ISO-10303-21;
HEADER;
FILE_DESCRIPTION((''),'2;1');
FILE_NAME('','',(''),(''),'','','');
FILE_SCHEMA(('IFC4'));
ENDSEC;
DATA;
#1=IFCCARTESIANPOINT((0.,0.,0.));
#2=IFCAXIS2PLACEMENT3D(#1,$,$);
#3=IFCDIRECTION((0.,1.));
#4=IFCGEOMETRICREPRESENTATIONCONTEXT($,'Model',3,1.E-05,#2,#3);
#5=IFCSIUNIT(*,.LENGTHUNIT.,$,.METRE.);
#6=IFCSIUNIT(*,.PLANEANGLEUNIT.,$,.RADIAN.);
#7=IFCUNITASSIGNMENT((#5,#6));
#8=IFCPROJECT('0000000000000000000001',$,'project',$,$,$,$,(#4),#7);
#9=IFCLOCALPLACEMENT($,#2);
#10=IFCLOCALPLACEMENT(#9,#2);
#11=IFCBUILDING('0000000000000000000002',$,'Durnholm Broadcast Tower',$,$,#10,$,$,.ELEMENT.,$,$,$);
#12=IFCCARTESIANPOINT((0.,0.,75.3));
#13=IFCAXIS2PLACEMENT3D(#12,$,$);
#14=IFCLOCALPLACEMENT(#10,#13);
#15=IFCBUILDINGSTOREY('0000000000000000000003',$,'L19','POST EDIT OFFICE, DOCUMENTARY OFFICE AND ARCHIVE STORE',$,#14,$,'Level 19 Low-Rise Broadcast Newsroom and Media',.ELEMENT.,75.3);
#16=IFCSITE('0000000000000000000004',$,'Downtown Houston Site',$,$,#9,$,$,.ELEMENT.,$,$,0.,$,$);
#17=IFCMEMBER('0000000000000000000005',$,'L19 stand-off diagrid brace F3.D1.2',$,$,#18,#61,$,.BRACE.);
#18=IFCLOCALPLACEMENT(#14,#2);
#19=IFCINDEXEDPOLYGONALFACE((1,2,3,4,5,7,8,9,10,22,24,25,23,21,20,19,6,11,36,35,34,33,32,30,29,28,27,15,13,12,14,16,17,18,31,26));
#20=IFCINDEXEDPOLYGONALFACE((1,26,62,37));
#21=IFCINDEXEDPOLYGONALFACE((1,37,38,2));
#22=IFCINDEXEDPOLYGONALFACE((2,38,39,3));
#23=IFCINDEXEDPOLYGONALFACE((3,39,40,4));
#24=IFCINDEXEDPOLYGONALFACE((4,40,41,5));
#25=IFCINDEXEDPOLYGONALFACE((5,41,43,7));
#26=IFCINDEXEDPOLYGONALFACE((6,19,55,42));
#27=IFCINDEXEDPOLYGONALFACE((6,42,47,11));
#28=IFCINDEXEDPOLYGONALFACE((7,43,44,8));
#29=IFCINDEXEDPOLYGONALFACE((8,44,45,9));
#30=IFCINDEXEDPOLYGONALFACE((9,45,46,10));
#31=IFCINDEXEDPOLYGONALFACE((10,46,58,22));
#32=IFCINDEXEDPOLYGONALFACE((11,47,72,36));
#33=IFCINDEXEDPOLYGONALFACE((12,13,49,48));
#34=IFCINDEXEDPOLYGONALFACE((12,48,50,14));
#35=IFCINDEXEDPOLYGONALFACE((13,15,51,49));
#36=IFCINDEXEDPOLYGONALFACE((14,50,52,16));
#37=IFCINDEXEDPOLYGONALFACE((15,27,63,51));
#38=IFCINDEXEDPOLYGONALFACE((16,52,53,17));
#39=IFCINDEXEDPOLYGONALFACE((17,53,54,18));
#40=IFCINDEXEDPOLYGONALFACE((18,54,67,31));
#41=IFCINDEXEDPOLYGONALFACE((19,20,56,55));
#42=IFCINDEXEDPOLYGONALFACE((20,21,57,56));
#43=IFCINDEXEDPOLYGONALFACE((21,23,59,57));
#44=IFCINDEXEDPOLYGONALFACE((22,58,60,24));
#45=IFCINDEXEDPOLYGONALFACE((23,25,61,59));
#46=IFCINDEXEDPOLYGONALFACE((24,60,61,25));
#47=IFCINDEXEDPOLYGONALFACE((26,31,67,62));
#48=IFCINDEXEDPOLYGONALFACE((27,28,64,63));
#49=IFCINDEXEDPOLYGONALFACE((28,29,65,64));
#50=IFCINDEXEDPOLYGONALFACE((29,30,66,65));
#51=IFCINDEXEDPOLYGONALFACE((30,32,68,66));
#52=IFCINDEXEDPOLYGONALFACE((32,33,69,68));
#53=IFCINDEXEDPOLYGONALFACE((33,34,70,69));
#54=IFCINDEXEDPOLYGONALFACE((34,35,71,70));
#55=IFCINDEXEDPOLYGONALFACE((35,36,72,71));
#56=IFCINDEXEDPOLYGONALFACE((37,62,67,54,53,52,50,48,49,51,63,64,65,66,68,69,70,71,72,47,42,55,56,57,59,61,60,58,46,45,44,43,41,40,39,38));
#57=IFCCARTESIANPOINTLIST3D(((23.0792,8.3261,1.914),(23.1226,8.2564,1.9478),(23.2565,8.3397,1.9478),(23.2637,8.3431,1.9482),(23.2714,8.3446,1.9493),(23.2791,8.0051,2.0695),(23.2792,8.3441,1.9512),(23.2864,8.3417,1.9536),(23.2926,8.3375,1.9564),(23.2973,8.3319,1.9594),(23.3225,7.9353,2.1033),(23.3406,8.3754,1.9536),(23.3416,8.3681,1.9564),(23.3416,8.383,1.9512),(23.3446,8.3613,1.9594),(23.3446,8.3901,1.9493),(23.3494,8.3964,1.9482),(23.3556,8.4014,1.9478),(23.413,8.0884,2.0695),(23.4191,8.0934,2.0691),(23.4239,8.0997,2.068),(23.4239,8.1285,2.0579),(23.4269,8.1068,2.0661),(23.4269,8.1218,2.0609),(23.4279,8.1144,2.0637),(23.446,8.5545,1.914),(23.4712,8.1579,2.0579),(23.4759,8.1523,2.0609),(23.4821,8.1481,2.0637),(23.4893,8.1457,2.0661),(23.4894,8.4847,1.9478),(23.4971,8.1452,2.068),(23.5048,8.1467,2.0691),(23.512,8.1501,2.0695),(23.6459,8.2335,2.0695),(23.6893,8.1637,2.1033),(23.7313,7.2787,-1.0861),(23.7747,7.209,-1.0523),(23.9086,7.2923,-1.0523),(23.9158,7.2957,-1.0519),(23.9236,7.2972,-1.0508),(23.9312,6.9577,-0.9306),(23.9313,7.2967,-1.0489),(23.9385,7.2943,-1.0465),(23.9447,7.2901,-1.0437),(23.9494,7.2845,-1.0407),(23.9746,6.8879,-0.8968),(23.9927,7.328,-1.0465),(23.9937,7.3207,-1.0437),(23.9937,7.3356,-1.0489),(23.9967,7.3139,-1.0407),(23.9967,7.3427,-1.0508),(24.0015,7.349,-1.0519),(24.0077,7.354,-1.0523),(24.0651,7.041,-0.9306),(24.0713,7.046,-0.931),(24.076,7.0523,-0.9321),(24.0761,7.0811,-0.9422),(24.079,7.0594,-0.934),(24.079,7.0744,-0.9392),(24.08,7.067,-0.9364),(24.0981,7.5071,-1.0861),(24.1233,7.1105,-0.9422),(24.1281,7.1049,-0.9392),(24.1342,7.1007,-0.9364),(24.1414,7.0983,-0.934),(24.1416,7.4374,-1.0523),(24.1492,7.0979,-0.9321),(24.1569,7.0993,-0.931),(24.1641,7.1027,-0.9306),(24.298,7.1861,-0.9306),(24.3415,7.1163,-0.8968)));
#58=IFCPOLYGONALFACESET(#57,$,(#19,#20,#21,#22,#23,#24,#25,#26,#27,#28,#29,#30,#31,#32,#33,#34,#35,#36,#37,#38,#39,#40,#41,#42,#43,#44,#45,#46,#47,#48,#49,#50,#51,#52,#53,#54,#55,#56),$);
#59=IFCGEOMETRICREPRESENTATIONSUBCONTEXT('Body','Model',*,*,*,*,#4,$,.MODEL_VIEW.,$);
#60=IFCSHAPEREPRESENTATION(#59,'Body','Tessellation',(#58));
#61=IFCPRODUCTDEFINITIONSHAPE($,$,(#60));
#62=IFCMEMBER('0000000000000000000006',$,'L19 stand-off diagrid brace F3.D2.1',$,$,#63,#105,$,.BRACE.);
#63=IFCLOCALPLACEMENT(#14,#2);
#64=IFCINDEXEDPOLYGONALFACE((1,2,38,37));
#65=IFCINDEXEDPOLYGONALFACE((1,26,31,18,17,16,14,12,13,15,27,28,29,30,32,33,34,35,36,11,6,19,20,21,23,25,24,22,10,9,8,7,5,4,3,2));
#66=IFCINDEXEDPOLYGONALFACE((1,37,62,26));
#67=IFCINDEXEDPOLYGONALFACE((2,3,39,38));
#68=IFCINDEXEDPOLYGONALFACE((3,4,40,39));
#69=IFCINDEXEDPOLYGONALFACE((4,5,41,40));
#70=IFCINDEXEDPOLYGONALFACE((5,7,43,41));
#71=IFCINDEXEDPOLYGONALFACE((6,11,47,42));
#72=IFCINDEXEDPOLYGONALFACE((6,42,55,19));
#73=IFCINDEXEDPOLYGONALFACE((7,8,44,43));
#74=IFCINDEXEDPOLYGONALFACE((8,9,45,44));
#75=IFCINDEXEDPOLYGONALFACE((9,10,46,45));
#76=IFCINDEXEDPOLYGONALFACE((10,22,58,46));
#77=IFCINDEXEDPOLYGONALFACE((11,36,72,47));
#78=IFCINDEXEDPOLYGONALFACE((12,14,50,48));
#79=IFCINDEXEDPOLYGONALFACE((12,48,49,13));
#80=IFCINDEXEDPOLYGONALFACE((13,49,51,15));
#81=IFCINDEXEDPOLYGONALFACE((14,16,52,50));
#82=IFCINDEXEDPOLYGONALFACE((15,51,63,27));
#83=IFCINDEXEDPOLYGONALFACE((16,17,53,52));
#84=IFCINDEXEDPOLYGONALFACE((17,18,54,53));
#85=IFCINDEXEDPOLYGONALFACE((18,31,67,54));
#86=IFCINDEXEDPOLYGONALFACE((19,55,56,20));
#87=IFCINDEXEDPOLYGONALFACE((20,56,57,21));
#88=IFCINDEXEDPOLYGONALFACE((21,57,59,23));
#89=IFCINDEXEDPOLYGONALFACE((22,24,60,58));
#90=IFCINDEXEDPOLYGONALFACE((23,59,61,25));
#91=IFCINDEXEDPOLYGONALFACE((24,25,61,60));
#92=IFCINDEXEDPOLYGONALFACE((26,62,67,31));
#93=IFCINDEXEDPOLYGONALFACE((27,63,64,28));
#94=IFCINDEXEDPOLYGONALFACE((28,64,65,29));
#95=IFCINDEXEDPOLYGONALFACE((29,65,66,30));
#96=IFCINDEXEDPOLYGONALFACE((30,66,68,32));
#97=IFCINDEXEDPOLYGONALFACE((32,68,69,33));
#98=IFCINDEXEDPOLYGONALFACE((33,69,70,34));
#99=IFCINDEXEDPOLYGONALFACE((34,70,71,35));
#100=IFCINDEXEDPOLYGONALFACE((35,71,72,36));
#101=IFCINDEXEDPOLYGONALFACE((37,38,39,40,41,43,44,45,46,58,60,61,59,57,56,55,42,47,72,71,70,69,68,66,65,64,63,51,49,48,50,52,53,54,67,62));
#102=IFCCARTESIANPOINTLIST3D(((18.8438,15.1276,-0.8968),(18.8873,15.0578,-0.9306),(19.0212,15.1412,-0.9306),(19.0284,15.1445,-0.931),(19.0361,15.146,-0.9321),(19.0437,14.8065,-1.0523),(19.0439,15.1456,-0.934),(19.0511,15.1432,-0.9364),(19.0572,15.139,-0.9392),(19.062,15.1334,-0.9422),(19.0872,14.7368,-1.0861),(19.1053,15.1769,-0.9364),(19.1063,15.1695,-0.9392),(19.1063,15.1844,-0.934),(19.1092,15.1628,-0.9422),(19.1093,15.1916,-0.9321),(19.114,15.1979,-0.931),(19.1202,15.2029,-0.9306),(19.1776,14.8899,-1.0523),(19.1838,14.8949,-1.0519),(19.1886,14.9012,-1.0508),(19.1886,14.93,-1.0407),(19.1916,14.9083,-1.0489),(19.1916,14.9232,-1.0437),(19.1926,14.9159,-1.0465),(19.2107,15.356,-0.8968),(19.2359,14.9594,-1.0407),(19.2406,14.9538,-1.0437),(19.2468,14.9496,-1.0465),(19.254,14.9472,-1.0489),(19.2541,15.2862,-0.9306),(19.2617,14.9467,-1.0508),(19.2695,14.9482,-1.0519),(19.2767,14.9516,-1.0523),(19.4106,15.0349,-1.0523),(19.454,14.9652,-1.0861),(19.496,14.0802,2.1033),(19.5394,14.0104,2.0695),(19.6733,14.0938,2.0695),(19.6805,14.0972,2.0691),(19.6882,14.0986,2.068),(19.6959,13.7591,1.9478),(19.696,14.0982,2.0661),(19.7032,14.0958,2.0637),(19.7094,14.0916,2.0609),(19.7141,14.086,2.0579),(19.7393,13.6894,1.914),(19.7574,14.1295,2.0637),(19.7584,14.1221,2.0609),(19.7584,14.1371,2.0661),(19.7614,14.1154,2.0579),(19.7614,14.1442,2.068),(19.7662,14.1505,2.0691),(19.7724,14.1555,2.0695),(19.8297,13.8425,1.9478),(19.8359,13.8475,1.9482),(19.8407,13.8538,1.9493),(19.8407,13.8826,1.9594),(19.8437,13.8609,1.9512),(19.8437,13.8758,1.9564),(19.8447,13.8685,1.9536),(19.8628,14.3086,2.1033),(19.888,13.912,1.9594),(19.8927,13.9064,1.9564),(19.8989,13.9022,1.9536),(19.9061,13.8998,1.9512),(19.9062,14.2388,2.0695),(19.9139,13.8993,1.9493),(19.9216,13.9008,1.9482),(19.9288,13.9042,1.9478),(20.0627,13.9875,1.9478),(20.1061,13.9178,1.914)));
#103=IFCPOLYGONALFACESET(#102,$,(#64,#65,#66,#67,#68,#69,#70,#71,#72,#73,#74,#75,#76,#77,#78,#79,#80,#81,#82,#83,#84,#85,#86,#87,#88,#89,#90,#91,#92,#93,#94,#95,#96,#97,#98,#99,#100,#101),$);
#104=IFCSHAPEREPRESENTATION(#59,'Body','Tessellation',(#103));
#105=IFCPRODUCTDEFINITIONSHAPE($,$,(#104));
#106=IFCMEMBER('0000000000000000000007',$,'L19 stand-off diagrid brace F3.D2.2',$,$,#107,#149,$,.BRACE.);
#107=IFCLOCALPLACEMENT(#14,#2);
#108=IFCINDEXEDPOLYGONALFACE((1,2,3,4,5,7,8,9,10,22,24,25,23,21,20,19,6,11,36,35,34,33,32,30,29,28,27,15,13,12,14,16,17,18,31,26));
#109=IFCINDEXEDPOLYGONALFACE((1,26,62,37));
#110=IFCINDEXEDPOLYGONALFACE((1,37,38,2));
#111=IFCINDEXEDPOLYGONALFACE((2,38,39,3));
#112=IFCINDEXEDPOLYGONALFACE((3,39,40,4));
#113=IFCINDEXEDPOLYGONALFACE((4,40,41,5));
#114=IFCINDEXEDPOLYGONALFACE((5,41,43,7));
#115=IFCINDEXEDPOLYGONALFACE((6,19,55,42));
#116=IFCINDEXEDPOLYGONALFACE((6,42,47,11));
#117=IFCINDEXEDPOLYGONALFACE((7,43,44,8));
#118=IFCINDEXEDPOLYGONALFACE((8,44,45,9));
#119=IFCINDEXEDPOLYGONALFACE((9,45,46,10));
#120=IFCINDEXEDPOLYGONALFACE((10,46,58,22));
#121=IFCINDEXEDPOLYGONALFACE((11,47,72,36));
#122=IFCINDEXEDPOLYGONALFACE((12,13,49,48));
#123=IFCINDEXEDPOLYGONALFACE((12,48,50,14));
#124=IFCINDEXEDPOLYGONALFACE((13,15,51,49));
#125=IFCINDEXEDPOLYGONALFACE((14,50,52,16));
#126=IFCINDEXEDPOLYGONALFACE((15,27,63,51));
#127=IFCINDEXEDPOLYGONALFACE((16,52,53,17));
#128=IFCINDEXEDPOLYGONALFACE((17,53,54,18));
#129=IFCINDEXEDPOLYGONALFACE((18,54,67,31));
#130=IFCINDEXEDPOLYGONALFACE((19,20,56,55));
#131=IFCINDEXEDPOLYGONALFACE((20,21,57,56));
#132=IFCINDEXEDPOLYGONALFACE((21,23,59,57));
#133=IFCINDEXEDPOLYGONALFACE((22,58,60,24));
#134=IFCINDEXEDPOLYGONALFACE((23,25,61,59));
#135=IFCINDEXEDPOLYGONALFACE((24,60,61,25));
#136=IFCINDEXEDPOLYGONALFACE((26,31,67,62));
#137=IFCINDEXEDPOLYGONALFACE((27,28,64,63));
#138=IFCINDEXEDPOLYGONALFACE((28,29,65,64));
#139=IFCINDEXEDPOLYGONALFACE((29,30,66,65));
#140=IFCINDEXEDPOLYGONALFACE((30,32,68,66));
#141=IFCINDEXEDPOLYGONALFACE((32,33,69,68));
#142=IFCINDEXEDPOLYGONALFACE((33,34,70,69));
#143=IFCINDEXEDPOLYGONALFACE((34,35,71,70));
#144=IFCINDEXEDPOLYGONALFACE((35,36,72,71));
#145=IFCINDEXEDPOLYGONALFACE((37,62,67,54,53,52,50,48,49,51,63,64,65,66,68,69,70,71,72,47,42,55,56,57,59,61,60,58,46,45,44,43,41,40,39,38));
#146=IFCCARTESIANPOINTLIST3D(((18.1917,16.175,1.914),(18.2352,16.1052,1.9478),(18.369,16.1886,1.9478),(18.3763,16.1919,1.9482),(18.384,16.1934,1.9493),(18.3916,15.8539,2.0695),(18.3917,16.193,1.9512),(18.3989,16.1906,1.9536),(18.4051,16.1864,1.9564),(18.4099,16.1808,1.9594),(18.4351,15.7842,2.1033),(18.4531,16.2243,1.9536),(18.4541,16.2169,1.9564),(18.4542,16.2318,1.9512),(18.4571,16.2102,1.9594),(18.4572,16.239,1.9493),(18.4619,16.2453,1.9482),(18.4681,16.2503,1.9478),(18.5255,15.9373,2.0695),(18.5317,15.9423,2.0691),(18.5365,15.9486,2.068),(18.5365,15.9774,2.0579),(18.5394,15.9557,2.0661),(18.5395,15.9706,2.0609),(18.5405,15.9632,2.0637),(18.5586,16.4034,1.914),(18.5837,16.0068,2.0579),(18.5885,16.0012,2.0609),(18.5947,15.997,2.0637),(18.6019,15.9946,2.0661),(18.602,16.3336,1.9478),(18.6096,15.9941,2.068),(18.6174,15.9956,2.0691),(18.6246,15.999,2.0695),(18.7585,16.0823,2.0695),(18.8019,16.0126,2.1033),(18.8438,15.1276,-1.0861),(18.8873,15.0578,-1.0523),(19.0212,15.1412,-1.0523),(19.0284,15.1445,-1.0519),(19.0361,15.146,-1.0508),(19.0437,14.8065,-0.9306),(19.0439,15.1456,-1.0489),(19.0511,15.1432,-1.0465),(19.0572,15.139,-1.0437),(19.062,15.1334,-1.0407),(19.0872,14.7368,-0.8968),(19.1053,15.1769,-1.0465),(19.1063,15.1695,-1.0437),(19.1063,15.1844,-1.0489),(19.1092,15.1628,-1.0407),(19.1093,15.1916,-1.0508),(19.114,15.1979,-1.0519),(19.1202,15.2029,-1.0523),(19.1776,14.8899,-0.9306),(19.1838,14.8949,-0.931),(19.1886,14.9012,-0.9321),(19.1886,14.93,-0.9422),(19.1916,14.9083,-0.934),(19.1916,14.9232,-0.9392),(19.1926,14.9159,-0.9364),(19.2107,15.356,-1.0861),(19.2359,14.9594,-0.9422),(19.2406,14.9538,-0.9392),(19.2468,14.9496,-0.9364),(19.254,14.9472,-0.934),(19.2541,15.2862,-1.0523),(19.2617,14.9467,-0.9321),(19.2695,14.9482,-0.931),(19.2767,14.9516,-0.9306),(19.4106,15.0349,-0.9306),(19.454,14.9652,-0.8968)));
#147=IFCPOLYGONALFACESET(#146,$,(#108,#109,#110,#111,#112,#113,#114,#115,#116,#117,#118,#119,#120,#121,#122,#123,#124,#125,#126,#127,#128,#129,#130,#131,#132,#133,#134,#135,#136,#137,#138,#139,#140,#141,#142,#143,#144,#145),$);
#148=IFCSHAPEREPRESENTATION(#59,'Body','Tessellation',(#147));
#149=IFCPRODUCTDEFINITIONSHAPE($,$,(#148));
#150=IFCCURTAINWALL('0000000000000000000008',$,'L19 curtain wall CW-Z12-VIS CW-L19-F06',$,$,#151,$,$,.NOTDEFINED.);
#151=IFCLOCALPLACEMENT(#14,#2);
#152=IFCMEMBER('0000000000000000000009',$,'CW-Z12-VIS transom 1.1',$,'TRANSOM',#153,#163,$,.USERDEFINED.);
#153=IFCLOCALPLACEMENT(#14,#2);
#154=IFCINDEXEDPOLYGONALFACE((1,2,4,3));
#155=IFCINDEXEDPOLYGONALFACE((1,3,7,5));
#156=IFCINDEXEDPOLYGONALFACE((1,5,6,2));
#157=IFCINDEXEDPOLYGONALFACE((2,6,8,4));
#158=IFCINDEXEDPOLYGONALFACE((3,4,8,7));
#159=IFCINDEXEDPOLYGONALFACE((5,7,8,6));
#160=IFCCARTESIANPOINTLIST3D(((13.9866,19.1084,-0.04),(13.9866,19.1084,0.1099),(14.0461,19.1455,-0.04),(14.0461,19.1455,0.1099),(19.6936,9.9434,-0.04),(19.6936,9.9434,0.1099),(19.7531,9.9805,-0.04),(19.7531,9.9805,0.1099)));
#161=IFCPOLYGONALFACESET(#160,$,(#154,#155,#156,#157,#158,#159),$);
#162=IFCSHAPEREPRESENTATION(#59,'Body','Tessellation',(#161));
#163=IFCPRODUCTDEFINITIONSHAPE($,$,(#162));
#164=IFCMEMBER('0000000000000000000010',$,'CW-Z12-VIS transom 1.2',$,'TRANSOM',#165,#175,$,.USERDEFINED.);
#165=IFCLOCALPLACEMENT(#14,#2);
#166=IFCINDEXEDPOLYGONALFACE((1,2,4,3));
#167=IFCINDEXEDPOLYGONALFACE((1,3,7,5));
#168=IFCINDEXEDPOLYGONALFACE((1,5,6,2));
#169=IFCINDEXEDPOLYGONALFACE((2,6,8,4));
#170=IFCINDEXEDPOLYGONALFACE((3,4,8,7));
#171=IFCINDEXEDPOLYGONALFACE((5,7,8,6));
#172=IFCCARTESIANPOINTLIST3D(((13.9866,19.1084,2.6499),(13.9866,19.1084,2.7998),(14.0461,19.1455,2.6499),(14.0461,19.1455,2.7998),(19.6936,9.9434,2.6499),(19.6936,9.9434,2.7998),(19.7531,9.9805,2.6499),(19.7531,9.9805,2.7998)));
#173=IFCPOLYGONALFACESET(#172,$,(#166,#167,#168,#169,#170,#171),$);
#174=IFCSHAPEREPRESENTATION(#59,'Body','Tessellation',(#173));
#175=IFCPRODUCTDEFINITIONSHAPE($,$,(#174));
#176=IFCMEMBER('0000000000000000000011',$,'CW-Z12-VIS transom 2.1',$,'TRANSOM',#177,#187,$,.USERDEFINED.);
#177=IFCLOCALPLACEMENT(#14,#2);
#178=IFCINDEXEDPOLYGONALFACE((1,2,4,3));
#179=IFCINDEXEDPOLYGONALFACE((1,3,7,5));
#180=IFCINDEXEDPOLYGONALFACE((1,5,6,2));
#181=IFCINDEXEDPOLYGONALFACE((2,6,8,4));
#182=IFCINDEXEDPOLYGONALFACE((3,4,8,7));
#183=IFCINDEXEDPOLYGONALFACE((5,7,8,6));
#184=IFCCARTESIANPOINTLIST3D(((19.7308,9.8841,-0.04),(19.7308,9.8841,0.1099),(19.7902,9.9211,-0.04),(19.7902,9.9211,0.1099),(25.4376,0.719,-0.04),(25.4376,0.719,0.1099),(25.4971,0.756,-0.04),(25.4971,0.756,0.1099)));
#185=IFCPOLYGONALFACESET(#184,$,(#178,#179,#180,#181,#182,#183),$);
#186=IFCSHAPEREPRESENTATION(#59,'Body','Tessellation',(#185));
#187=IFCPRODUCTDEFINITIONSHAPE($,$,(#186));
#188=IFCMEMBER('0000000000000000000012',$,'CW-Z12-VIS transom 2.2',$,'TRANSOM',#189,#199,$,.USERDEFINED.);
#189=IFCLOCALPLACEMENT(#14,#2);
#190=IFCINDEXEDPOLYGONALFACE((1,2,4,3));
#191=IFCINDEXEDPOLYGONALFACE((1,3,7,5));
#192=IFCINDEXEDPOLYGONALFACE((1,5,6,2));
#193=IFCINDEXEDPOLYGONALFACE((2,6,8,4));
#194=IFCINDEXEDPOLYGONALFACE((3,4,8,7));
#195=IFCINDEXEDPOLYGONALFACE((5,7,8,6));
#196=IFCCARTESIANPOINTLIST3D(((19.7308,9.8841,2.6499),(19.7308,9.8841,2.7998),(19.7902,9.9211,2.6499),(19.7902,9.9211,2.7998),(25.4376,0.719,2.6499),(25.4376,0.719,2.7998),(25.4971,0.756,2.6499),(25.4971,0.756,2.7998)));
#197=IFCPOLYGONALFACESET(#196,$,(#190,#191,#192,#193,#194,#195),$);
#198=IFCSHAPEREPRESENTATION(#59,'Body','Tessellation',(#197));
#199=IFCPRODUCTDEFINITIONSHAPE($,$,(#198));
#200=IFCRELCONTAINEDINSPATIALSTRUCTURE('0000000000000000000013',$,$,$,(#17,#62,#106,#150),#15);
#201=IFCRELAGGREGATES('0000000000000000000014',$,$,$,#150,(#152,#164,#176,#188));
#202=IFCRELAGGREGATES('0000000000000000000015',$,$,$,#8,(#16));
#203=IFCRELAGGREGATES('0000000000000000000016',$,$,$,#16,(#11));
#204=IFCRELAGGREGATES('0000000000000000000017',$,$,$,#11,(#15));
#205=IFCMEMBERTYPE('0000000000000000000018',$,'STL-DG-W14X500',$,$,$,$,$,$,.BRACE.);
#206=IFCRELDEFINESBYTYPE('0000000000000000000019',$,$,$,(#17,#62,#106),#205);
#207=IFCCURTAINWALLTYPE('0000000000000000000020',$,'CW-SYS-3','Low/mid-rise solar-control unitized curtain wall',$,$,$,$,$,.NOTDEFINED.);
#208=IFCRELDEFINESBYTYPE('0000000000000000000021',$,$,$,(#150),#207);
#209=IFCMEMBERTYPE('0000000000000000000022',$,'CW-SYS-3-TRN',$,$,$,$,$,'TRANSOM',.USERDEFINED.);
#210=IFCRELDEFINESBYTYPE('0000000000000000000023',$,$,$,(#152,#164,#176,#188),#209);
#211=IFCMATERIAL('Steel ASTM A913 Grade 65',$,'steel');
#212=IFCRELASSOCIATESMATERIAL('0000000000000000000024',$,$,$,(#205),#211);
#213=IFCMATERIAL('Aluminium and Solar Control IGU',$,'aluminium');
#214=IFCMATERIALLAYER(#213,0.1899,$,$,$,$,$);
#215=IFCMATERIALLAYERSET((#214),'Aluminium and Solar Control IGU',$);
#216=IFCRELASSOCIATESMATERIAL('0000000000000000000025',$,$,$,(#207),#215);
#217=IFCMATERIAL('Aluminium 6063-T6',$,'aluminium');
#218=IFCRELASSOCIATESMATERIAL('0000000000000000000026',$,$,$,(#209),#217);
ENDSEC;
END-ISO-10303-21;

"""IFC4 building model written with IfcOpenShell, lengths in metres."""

from ifc_helpers import new_model, si_unit, direction, frame, origin, origin_2d, place, context, subcontext, project, spatial, rectangle, i_section, extrude, source, transform, mapped, material, layer, layer_set, material_profile, profile_set, type_object, type_shapes, element, aggregate, save


model = new_model("IFC4")

# Units and contexts
model_context = context("Model", 3, precision=1e-05, world=origin(), true_north=direction((0.0, 1.0)))
body_context = subcontext(model_context, "Body", "Model", "MODEL_VIEW")
ifc_project = project(units=[si_unit("LENGTHUNIT", "METRE"), si_unit("PLANEANGLEUNIT", "RADIAN")], contexts=[model_context])

# Site, building, storey
site_placement = place(None, origin())
site = spatial("IfcSite", under=ifc_project, at=site_placement, Name="Downtown Houston Site", CompositionType="ELEMENT", RefElevation=0.0)
building_placement = place(site_placement, origin())
building = spatial("IfcBuilding", under=site, at=building_placement, Name="Durnholm Broadcast Tower", CompositionType="ELEMENT")
storey_placement = place(building_placement, frame((0.0, 0.0, 75.3)))
storey = spatial("IfcBuildingStorey", under=building, at=storey_placement, Name="L19", Description="POST EDIT OFFICE, DOCUMENTARY OFFICE AND ARCHIVE STORE", LongName="Level 19 Low-Rise Broadcast Newsroom and Media", CompositionType="ELEMENT", Elevation=75.3)

# Members
ifc_material_1 = material(Name="Steel ASTM A913 Grade 65", Category="steel")
ifc_material_profile_1 = material_profile(ifc_material_1, i_section(OverallWidth=0.4321, OverallDepth=0.4978, WebThickness=0.0557, FlangeThickness=0.0889, FilletRadius=0.0305, at=origin_2d()), Name="W14X500")
ifc_profile_set_1 = profile_set([ifc_material_profile_1], Name="Steel ASTM A913 Grade 65")
member_type_1 = type_object("IfcMemberType", Name="STL-DG-W14X500", PredefinedType="BRACE", material=ifc_profile_set_1)
shared_shape_1 = source(origin(), body_context, "Body", "SweptSolid", [
    extrude(i_section(OverallWidth=0.4321, OverallDepth=0.4978, WebThickness=0.0557, FlangeThickness=0.0889, FilletRadius=0.0305, at=origin_2d()), origin(), (0.0, 0.0, 1.0), 3.2439),
])
type_shapes(member_type_1, [shared_shape_1])
for number, where, z_axis, x_axis, name in (
    (1, (24.0364, 7.1975, -0.9915), (-0.20103, 0.322882, 0.924843), (-0.848909, -0.52854, 0.0), "L19 stand-off diagrid brace F3.D1.2"),
    (2, (19.1489, 15.0464, -0.9915), (0.20103, -0.322882, 0.924843), (0.848909, 0.52854, 0.0), "L19 stand-off diagrid brace F3.D2.1"),
    (3, (19.1489, 15.0464, -0.9915), (-0.20103, 0.322882, 0.924843), (-0.848909, -0.52854, 0.0), "L19 stand-off diagrid brace F3.D2.2"),
):
    element("IfcMember", number, at=place(storey_placement, frame(where, z_axis=z_axis, x_axis=x_axis)), inside=storey, type_object=member_type_1, Name=name, PredefinedType="BRACE", context=body_context, shape_type="MappedRepresentation", body=[
        mapped(shared_shape_1, transform((0.0, 0.0, 0.0), x_axis=(1.0, 0.0, 0.0), y_axis=(0.0, 1.0, 0.0), z_axis=(0.0, 0.0, 1.0), scale=1.0)),
    ])

# Curtain wall, members
ifc_material_2 = material(Name="Aluminium and Solar Control IGU", Category="aluminium")
ifc_layer_1 = layer(ifc_material_2, 0.1899)
ifc_layer_set_1 = layer_set([ifc_layer_1], Name="Aluminium and Solar Control IGU")
curtain_wall_type_1 = type_object("IfcCurtainWallType", Name="CW-SYS-3", Description="Low/mid-rise solar-control unitized curtain wall", PredefinedType="NOTDEFINED", material=ifc_layer_set_1)
curtain_wall_1_placement = place(storey_placement, origin())
curtain_wall_1 = element("IfcCurtainWall", 4, at=curtain_wall_1_placement, inside=storey, type_object=curtain_wall_type_1, Name="L19 curtain wall CW-Z12-VIS CW-L19-F06", PredefinedType="NOTDEFINED")
ifc_material_3 = material(Name="Aluminium 6063-T6", Category="aluminium")
ifc_material_profile_2 = material_profile(ifc_material_3, rectangle(XDim=0.0701, YDim=0.1499, at=origin_2d()), Name="CWT70X150")
ifc_profile_set_2 = profile_set([ifc_material_profile_2], Name="Aluminium 6063-T6")
member_type_2 = type_object("IfcMemberType", Name="CW-SYS-3-TRN", ElementType="TRANSOM", PredefinedType="USERDEFINED", material=ifc_profile_set_2)
shared_shape_2 = source(origin(), body_context, "Body", "SweptSolid", [
    extrude(rectangle(XDim=0.0701, YDim=0.1499, at=origin_2d()), origin(), (0.0, 0.0, 1.0), 10.7966),
])
type_shapes(member_type_2, [shared_shape_2])
member_1_placement = place(storey_placement, frame((14.0164, 19.127, 0.0349), z_axis=(0.528592, -0.848876, 0.0), x_axis=(0.848876, 0.528592, 0.0)))
member_1 = element("IfcMember", 5, at=member_1_placement, type_object=member_type_2, Name="CW-Z12-VIS transom 1.1", ObjectType="TRANSOM", PredefinedType="USERDEFINED", context=body_context, shape_type="MappedRepresentation", body=[
    mapped(shared_shape_2, transform((0.0, 0.0, 0.0), x_axis=(1.0, 0.0, 0.0), y_axis=(0.0, 1.0, 0.0), z_axis=(0.0, 0.0, 1.0), scale=1.0)),
])
member_2_placement = place(storey_placement, frame((14.0164, 19.127, 2.7249), z_axis=(0.528592, -0.848876, 0.0), x_axis=(0.848876, 0.528592, 0.0)))
member_2 = element("IfcMember", 6, at=member_2_placement, type_object=member_type_2, Name="CW-Z12-VIS transom 1.2", ObjectType="TRANSOM", PredefinedType="USERDEFINED", context=body_context, shape_type="MappedRepresentation", body=[
    mapped(shared_shape_2, transform((0.0, 0.0, 0.0), x_axis=(1.0, 0.0, 0.0), y_axis=(0.0, 1.0, 0.0), z_axis=(0.0, 0.0, 1.0), scale=1.0)),
])
member_3_placement = place(storey_placement, frame((19.7605, 9.9026, 0.0349), z_axis=(0.528575, -0.848886, 0.0), x_axis=(0.848886, 0.528575, 0.0)))
member_3 = element("IfcMember", 7, at=member_3_placement, type_object=member_type_2, Name="CW-Z12-VIS transom 2.1", ObjectType="TRANSOM", PredefinedType="USERDEFINED", context=body_context, shape_type="MappedRepresentation", body=[
    mapped(shared_shape_2, transform((0.0, 0.0, 0.0), x_axis=(1.0, 0.0, 0.0), y_axis=(0.0, 1.0, 0.0), z_axis=(0.0, 0.0, 1.0), scale=1.0)),
])
member_4_placement = place(storey_placement, frame((19.7605, 9.9026, 2.7249), z_axis=(0.528575, -0.848886, 0.0), x_axis=(0.848886, 0.528575, 0.0)))
member_4 = element("IfcMember", 8, at=member_4_placement, type_object=member_type_2, Name="CW-Z12-VIS transom 2.2", ObjectType="TRANSOM", PredefinedType="USERDEFINED", context=body_context, shape_type="MappedRepresentation", body=[
    mapped(shared_shape_2, transform((0.0, 0.0, 0.0), x_axis=(1.0, 0.0, 0.0), y_axis=(0.0, 1.0, 0.0), z_axis=(0.0, 0.0, 1.0), scale=1.0)),
])

aggregate(curtain_wall_1, [member_1, member_2, member_3, member_4])

save(model, "model.ifc")
